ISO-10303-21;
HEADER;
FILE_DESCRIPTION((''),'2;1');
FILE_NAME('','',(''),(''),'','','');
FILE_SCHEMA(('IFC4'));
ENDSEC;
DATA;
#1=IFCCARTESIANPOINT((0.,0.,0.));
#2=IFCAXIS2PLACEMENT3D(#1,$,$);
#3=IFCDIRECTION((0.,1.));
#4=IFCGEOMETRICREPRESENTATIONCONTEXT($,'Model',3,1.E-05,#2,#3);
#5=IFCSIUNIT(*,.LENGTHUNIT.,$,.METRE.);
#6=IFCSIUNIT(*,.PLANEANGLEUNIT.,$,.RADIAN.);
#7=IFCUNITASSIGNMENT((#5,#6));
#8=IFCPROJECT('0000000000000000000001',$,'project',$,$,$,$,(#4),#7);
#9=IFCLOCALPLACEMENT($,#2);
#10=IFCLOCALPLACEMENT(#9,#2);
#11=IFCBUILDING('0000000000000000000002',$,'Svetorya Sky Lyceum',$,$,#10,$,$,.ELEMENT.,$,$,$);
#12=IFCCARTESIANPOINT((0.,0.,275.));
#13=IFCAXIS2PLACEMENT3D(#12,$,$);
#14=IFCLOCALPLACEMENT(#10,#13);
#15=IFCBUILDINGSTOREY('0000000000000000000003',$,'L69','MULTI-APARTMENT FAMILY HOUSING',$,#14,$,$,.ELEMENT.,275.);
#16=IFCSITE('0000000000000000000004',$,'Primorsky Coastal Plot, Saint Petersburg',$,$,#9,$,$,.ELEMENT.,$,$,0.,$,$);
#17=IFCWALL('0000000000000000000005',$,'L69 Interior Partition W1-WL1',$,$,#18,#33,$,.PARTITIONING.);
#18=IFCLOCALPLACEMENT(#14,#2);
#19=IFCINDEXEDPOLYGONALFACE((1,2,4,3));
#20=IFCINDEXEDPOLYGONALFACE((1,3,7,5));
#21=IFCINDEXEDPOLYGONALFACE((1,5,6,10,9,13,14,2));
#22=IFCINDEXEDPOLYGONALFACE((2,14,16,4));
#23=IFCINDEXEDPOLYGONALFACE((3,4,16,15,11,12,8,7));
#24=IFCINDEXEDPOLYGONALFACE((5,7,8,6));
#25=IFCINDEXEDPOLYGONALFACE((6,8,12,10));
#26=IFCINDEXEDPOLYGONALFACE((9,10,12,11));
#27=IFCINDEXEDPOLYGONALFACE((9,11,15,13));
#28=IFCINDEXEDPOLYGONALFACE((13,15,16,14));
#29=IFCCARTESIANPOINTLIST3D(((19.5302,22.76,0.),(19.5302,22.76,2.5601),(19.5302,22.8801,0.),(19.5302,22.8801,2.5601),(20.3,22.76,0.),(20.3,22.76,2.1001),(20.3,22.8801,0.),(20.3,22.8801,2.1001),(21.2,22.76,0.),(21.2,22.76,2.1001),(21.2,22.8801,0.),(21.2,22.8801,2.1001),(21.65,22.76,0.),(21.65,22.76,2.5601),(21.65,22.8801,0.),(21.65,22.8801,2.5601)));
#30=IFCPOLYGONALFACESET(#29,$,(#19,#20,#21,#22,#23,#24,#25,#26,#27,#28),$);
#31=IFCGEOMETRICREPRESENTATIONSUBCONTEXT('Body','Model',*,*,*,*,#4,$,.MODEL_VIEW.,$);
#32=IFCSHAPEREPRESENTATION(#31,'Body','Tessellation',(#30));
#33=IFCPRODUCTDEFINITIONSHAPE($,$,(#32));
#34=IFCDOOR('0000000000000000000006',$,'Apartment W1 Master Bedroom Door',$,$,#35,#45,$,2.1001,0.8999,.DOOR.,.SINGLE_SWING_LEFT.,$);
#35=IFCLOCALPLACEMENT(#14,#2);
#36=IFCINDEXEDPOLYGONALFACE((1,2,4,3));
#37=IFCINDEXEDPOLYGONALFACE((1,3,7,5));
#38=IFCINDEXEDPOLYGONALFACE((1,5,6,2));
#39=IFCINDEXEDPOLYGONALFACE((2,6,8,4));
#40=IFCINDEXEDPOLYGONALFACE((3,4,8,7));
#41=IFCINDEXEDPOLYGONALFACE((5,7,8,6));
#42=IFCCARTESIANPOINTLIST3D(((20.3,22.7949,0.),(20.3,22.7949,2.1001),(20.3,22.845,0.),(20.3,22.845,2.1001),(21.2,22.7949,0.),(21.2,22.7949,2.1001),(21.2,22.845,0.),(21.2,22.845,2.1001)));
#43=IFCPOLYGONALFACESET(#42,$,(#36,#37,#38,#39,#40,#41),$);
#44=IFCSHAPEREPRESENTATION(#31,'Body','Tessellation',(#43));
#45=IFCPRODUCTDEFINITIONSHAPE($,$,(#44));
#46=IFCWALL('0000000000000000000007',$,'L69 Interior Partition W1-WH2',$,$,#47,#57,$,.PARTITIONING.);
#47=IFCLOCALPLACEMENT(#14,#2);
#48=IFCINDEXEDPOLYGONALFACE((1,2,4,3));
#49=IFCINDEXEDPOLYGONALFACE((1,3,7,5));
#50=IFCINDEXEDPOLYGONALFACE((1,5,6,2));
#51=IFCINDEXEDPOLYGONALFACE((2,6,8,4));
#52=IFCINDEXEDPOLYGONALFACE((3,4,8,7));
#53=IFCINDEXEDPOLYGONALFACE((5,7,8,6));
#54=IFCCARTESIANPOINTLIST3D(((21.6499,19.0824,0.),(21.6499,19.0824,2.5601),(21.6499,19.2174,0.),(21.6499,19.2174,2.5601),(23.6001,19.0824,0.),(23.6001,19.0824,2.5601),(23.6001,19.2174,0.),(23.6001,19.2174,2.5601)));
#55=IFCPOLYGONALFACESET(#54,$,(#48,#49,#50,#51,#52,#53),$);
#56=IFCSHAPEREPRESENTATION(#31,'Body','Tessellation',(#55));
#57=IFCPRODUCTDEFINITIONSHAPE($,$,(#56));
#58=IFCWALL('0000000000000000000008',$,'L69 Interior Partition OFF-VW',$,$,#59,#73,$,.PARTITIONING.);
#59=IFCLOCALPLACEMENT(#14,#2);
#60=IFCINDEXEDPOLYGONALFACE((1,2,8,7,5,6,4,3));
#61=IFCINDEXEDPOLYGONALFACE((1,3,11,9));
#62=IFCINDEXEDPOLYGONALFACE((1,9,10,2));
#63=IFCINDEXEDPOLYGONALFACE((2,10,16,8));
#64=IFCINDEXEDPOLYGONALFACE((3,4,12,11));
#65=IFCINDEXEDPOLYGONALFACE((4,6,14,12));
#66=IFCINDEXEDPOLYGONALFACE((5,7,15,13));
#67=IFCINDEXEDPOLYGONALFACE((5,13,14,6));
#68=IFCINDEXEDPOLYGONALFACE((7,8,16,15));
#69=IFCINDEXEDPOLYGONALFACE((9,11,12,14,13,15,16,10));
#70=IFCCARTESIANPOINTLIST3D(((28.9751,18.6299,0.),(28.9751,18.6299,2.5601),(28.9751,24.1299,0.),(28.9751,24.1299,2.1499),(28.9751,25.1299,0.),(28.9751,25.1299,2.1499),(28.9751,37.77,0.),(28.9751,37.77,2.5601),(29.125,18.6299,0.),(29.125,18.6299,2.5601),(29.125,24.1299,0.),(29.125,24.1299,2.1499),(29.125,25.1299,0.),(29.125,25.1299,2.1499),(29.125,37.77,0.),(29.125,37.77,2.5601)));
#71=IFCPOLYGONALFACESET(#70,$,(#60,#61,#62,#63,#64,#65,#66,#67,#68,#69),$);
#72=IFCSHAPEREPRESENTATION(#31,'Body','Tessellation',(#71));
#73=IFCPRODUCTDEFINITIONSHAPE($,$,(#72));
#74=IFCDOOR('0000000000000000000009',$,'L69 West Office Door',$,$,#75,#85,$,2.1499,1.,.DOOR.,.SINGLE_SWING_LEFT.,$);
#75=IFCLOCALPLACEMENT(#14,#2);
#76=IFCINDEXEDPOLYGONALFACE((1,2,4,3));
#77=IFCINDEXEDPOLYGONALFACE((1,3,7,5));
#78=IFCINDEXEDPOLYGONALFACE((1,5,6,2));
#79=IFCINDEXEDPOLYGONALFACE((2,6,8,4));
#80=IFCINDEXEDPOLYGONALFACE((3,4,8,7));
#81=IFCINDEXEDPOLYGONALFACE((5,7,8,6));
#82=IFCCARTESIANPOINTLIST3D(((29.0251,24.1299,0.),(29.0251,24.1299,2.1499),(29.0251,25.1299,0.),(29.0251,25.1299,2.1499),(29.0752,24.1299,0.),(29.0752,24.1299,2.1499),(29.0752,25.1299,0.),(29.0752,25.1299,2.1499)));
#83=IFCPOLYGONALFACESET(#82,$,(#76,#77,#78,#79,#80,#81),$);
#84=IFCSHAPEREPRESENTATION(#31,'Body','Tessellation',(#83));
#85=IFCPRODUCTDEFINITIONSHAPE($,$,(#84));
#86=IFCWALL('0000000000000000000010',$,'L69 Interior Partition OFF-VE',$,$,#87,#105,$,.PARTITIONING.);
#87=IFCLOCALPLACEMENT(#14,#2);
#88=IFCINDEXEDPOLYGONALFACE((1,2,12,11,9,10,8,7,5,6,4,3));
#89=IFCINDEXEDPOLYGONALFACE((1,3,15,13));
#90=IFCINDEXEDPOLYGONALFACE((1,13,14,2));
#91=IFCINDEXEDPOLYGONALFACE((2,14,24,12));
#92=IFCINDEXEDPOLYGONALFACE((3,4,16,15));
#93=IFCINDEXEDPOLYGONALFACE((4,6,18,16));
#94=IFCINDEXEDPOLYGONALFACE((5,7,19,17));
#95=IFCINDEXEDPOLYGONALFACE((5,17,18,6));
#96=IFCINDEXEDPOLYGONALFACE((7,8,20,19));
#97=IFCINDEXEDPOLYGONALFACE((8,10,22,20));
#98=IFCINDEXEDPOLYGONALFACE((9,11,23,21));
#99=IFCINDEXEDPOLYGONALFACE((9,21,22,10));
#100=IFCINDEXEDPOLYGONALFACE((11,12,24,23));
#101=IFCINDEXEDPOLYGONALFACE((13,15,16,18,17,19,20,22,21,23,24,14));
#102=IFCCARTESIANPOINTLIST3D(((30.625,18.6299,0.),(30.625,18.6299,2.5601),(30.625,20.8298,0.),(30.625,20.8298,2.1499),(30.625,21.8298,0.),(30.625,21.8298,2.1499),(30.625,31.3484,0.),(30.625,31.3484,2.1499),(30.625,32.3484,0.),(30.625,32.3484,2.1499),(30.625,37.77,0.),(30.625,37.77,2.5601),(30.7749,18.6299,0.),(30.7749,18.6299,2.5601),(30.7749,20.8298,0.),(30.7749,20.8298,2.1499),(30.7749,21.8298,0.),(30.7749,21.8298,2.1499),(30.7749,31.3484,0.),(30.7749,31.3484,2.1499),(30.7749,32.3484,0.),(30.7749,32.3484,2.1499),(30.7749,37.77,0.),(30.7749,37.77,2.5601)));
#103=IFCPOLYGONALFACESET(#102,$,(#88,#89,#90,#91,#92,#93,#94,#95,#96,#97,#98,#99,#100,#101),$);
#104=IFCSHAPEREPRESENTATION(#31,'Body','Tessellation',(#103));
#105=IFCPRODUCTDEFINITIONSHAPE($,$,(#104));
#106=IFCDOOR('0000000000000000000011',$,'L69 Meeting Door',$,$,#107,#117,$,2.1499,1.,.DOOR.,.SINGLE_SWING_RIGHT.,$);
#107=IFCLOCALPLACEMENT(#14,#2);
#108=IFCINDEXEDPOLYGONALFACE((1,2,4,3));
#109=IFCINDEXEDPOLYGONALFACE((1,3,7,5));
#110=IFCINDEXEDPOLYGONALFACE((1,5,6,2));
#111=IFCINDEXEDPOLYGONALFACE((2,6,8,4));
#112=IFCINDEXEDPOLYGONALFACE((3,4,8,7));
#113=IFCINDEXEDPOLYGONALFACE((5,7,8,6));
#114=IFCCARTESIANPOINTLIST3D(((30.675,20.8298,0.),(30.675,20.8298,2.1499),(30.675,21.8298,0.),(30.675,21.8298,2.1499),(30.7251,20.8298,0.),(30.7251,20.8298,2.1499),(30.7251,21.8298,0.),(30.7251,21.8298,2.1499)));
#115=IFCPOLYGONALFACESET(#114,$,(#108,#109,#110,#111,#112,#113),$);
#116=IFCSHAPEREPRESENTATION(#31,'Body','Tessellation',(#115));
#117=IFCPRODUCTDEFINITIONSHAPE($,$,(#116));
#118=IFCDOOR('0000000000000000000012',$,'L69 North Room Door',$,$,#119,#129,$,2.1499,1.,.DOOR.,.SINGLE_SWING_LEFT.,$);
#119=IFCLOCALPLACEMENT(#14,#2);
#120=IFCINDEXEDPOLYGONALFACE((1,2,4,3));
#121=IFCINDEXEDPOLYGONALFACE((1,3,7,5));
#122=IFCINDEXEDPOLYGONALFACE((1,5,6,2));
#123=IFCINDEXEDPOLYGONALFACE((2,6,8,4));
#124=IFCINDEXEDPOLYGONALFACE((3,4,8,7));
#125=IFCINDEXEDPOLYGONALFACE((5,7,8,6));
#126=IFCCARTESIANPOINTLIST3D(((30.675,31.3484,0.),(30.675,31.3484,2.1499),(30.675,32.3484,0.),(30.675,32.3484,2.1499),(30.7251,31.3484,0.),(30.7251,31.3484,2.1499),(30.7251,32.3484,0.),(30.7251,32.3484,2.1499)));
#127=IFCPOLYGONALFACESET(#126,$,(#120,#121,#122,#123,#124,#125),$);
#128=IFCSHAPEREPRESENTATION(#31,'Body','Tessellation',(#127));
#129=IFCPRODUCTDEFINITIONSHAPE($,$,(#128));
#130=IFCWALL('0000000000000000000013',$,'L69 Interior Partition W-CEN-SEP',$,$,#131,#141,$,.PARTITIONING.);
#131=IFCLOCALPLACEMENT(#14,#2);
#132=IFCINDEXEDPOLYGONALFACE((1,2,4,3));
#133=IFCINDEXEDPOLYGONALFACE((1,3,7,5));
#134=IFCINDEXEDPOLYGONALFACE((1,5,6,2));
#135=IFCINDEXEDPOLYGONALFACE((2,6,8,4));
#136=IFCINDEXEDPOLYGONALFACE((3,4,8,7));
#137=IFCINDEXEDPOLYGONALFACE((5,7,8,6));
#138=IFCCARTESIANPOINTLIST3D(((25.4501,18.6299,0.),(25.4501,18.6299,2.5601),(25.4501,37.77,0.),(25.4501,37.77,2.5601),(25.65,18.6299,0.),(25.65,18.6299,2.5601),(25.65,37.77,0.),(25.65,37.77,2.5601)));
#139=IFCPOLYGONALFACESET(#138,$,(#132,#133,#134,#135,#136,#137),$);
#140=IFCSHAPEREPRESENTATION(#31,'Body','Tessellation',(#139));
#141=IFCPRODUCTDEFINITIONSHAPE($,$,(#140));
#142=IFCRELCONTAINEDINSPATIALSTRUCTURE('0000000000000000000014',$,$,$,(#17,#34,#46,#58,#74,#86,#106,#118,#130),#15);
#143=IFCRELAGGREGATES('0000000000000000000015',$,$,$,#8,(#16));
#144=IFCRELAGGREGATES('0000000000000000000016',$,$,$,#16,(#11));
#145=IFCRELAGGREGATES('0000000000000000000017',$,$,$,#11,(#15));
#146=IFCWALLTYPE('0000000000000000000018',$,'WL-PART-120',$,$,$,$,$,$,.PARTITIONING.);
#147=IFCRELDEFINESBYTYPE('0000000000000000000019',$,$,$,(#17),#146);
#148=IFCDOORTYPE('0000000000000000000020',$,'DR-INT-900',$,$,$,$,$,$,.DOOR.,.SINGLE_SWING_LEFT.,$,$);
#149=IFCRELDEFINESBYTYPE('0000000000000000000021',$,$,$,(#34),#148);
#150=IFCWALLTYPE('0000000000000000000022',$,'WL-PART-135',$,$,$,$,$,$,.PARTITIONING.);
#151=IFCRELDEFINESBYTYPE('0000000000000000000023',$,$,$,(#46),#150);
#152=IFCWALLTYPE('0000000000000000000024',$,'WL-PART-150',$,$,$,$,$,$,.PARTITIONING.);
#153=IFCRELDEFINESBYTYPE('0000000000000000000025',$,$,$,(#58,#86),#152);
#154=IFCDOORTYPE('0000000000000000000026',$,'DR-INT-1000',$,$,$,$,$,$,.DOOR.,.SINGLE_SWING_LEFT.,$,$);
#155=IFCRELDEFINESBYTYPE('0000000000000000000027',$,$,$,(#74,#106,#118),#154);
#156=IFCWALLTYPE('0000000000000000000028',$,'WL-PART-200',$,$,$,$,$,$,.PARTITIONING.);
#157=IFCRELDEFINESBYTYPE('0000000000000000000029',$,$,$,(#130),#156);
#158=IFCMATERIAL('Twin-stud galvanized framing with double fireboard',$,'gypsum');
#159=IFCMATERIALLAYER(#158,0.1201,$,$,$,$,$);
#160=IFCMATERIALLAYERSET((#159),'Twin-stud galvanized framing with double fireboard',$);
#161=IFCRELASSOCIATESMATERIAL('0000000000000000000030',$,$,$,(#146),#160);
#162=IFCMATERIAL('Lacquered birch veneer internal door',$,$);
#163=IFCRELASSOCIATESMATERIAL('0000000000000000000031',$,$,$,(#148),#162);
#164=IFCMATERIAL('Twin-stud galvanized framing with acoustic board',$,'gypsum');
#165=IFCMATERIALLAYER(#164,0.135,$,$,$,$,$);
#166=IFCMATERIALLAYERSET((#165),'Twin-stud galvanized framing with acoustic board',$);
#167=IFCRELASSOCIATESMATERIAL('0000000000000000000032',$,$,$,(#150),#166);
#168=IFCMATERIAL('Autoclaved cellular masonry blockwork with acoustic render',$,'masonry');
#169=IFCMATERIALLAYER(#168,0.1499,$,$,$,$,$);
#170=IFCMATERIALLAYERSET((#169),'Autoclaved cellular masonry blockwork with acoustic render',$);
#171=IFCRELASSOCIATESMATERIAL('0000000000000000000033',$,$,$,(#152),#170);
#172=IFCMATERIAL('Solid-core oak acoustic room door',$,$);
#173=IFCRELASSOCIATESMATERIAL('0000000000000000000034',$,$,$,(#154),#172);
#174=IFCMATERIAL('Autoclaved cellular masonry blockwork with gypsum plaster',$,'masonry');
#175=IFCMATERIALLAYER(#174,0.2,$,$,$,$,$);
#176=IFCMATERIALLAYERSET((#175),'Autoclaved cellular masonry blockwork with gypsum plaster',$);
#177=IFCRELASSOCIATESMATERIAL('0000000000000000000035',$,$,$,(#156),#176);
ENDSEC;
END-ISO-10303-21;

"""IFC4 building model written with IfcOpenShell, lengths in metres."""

from ifc_helpers import new_model, si_unit, direction, frame, frame_2d, origin, place, context, subcontext, project, spatial, rectangle, extrude, material, layer, layer_set, type_object, element, fill, save


model = new_model("IFC4")

# Units and contexts
model_context = context("Model", 3, precision=1e-05, world=origin(), true_north=direction((0.0, 1.0)))
body_context = subcontext(model_context, "Body", "Model", "MODEL_VIEW")
ifc_project = project(units=[si_unit("LENGTHUNIT", "METRE"), si_unit("PLANEANGLEUNIT", "RADIAN")], contexts=[model_context])

# Site, building, storey
site_placement = place(None, origin())
site = spatial("IfcSite", under=ifc_project, at=site_placement, Name="Primorsky Coastal Plot, Saint Petersburg", CompositionType="ELEMENT", RefElevation=0.0)
building_placement = place(site_placement, origin())
building = spatial("IfcBuilding", under=site, at=building_placement, Name="Svetorya Sky Lyceum", CompositionType="ELEMENT")
storey_placement = place(building_placement, frame((0.0, 0.0, 275.0)))
storey = spatial("IfcBuildingStorey", under=building, at=storey_placement, Name="L69", Description="MULTI-APARTMENT FAMILY HOUSING", CompositionType="ELEMENT", Elevation=275.0)

# Wall, opening, door
ifc_material_1 = material(Name="Twin-stud galvanized framing with double fireboard", Category="gypsum")
ifc_layer_1 = layer(ifc_material_1, 0.1201)
ifc_layer_set_1 = layer_set([ifc_layer_1], Name="Twin-stud galvanized framing with double fireboard")
wall_type_1 = type_object("IfcWallType", Name="WL-PART-120", PredefinedType="PARTITIONING", material=ifc_layer_set_1)
wall_1_placement = place(storey_placement, frame((19.53, 22.8201, 0.0), z_axis=(0.0, 0.0, 1.0), x_axis=(1.0, 0.0, 0.0)))
wall_1 = element("IfcWall", 1, at=wall_1_placement, inside=storey, type_object=wall_type_1, Name="L69 Interior Partition W1-WL1", PredefinedType="PARTITIONING", context=body_context, shape_type="SweptSolid", body=[
    extrude(rectangle(XDim=2.1199, YDim=0.1201, at=frame_2d((1.0601, 0.0))), origin(), (0.0, 0.0, 1.0), 2.5601),
])
opening_1_placement = place(wall_1_placement, frame((0.77, 0.0, 0.0)))
opening_1 = element("IfcOpeningElement", 2, at=opening_1_placement, cuts=wall_1, PredefinedType="OPENING", context=body_context, shape_type="SweptSolid", body=[
    extrude(rectangle(XDim=0.8999, YDim=2.1001, at=frame_2d((0.45, 1.05))), frame((0.0, 0.0701, 0.0), z_axis=(0.0, -1.0, 0.0), x_axis=(1.0, 0.0, 0.0)), (0.0, 0.0, 1.0), 0.1401),
])
ifc_material_2 = material(Name="Lacquered birch veneer internal door")
door_type_1 = type_object("IfcDoorType", Name="DR-INT-900", OperationType="SINGLE_SWING_LEFT", PredefinedType="DOOR", material=ifc_material_2)
door_1_placement = place(opening_1_placement, origin())
door_1 = element("IfcDoor", 3, at=door_1_placement, inside=storey, type_object=door_type_1, Name="Apartment W1 Master Bedroom Door", OperationType="SINGLE_SWING_LEFT", OverallHeight=2.1001, OverallWidth=0.8999, PredefinedType="DOOR", context=body_context, shape_type="SweptSolid", body=[
    extrude(rectangle(XDim=0.8999, YDim=2.1001, at=frame_2d((0.45, 1.05))), frame((0.0, 0.0249, 0.0), z_axis=(0.0, -1.0, 0.0), x_axis=(1.0, 0.0, 0.0)), (0.0, 0.0, 1.0), 0.05),
])
fill(opening_1, door_1)

# Wall
ifc_material_3 = material(Name="Twin-stud galvanized framing with acoustic board", Category="gypsum")
ifc_layer_2 = layer(ifc_material_3, 0.135)
ifc_layer_set_2 = layer_set([ifc_layer_2], Name="Twin-stud galvanized framing with acoustic board")
wall_type_2 = type_object("IfcWallType", Name="WL-PART-135", PredefinedType="PARTITIONING", material=ifc_layer_set_2)
wall_2_placement = place(storey_placement, frame((21.6499, 19.1499, 0.0), z_axis=(0.0, 0.0, 1.0), x_axis=(1.0, 0.0, 0.0)))
element("IfcWall", 4, at=wall_2_placement, inside=storey, type_object=wall_type_2, Name="L69 Interior Partition W1-WH2", PredefinedType="PARTITIONING", context=body_context, shape_type="SweptSolid", body=[
    extrude(rectangle(XDim=1.9502, YDim=0.135, at=frame_2d((0.9751, 0.0))), origin(), (0.0, 0.0, 1.0), 2.5601),
])

# Wall, opening, door
ifc_material_4 = material(Name="Autoclaved cellular masonry blockwork with acoustic render", Category="masonry")
ifc_layer_3 = layer(ifc_material_4, 0.1499)
ifc_layer_set_3 = layer_set([ifc_layer_3], Name="Autoclaved cellular masonry blockwork with acoustic render")
wall_type_3 = type_object("IfcWallType", Name="WL-PART-150", PredefinedType="PARTITIONING", material=ifc_layer_set_3)
wall_3_placement = place(storey_placement, frame((29.05, 18.6299, 0.0), z_axis=(0.0, 0.0, 1.0), x_axis=(0.0, 1.0, 0.0)))
wall_3 = element("IfcWall", 5, at=wall_3_placement, inside=storey, type_object=wall_type_3, Name="L69 Interior Partition OFF-VW", PredefinedType="PARTITIONING", context=body_context, shape_type="SweptSolid", body=[
    extrude(rectangle(XDim=19.1401, YDim=0.1499, at=frame_2d((9.5701, 0.0))), origin(), (0.0, 0.0, 1.0), 2.5601),
])
opening_2_placement = place(wall_3_placement, frame((5.5, 0.0, 0.0)))
opening_2 = element("IfcOpeningElement", 6, at=opening_2_placement, cuts=wall_3, PredefinedType="OPENING", context=body_context, shape_type="SweptSolid", body=[
    extrude(rectangle(XDim=1.0, YDim=2.1499, at=frame_2d((0.5, 1.075))), frame((0.0, 0.085, 0.0), z_axis=(0.0, -1.0, 0.0), x_axis=(1.0, 0.0, 0.0)), (0.0, 0.0, 1.0), 0.1699),
])
ifc_material_5 = material(Name="Solid-core oak acoustic room door")
door_type_2 = type_object("IfcDoorType", Name="DR-INT-1000", OperationType="SINGLE_SWING_LEFT", PredefinedType="DOOR", material=ifc_material_5)
door_2_placement = place(opening_2_placement, origin())
door_2 = element("IfcDoor", 7, at=door_2_placement, inside=storey, type_object=door_type_2, Name="L69 West Office Door", OperationType="SINGLE_SWING_LEFT", OverallHeight=2.1499, OverallWidth=1.0, PredefinedType="DOOR", context=body_context, shape_type="SweptSolid", body=[
    extrude(rectangle(XDim=1.0, YDim=2.1499, at=frame_2d((0.5, 1.075))), frame((0.0, 0.0249, 0.0), z_axis=(0.0, -1.0, 0.0), x_axis=(1.0, 0.0, 0.0)), (0.0, 0.0, 1.0), 0.05),
])
fill(opening_2, door_2)

# Wall, openings, doors
wall_4_placement = place(storey_placement, frame((30.7, 18.6299, 0.0), z_axis=(0.0, 0.0, 1.0), x_axis=(0.0, 1.0, 0.0)))
wall_4 = element("IfcWall", 8, at=wall_4_placement, inside=storey, type_object=wall_type_3, Name="L69 Interior Partition OFF-VE", PredefinedType="PARTITIONING", context=body_context, shape_type="SweptSolid", body=[
    extrude(rectangle(XDim=19.1401, YDim=0.1499, at=frame_2d((9.5701, 0.0))), origin(), (0.0, 0.0, 1.0), 2.5601),
])
opening_3_placement = place(wall_4_placement, frame((2.2, 0.0, 0.0)))
opening_3 = element("IfcOpeningElement", 9, at=opening_3_placement, cuts=wall_4, PredefinedType="OPENING", context=body_context, shape_type="SweptSolid", body=[
    extrude(rectangle(XDim=1.0, YDim=2.1499, at=frame_2d((0.5, 1.075))), frame((0.0, 0.085, 0.0), z_axis=(0.0, -1.0, 0.0), x_axis=(1.0, 0.0, 0.0)), (0.0, 0.0, 1.0), 0.1699),
])
opening_4_placement = place(wall_4_placement, frame((12.7185, 0.0, 0.0)))
opening_4 = element("IfcOpeningElement", 10, at=opening_4_placement, cuts=wall_4, PredefinedType="OPENING", context=body_context, shape_type="SweptSolid", body=[
    extrude(rectangle(XDim=1.0, YDim=2.1499, at=frame_2d((0.5, 1.075))), frame((0.0, 0.085, 0.0), z_axis=(0.0, -1.0, 0.0), x_axis=(1.0, 0.0, 0.0)), (0.0, 0.0, 1.0), 0.1699),
])
door_3_placement = place(opening_3_placement, origin())
door_3 = element("IfcDoor", 11, at=door_3_placement, inside=storey, type_object=door_type_2, Name="L69 Meeting Door", OperationType="SINGLE_SWING_RIGHT", OverallHeight=2.1499, OverallWidth=1.0, PredefinedType="DOOR", context=body_context, shape_type="SweptSolid", body=[
    extrude(rectangle(XDim=1.0, YDim=2.1499, at=frame_2d((0.5, 1.075))), frame((0.0, 0.0249, 0.0), z_axis=(0.0, -1.0, 0.0), x_axis=(1.0, 0.0, 0.0)), (0.0, 0.0, 1.0), 0.05),
])
fill(opening_3, door_3)
door_4_placement = place(opening_4_placement, origin())
door_4 = element("IfcDoor", 12, at=door_4_placement, inside=storey, type_object=door_type_2, Name="L69 North Room Door", OperationType="SINGLE_SWING_LEFT", OverallHeight=2.1499, OverallWidth=1.0, PredefinedType="DOOR", context=body_context, shape_type="SweptSolid", body=[
    extrude(rectangle(XDim=1.0, YDim=2.1499, at=frame_2d((0.5, 1.075))), frame((0.0, 0.0249, 0.0), z_axis=(0.0, -1.0, 0.0), x_axis=(1.0, 0.0, 0.0)), (0.0, 0.0, 1.0), 0.05),
])
fill(opening_4, door_4)

# Wall
ifc_material_6 = material(Name="Autoclaved cellular masonry blockwork with gypsum plaster", Category="masonry")
ifc_layer_4 = layer(ifc_material_6, 0.2)
ifc_layer_set_4 = layer_set([ifc_layer_4], Name="Autoclaved cellular masonry blockwork with gypsum plaster")
wall_type_4 = type_object("IfcWallType", Name="WL-PART-200", PredefinedType="PARTITIONING", material=ifc_layer_set_4)
wall_5_placement = place(storey_placement, frame((25.55, 18.6299, 0.0), z_axis=(0.0, 0.0, 1.0), x_axis=(0.0, 1.0, 0.0)))
element("IfcWall", 13, at=wall_5_placement, inside=storey, type_object=wall_type_4, Name="L69 Interior Partition W-CEN-SEP", PredefinedType="PARTITIONING", context=body_context, shape_type="SweptSolid", body=[
    extrude(rectangle(XDim=19.1401, YDim=0.2, at=frame_2d((9.5701, 0.0))), origin(), (0.0, 0.0, 1.0), 2.5601),
])

save(model, "model.ifc")
